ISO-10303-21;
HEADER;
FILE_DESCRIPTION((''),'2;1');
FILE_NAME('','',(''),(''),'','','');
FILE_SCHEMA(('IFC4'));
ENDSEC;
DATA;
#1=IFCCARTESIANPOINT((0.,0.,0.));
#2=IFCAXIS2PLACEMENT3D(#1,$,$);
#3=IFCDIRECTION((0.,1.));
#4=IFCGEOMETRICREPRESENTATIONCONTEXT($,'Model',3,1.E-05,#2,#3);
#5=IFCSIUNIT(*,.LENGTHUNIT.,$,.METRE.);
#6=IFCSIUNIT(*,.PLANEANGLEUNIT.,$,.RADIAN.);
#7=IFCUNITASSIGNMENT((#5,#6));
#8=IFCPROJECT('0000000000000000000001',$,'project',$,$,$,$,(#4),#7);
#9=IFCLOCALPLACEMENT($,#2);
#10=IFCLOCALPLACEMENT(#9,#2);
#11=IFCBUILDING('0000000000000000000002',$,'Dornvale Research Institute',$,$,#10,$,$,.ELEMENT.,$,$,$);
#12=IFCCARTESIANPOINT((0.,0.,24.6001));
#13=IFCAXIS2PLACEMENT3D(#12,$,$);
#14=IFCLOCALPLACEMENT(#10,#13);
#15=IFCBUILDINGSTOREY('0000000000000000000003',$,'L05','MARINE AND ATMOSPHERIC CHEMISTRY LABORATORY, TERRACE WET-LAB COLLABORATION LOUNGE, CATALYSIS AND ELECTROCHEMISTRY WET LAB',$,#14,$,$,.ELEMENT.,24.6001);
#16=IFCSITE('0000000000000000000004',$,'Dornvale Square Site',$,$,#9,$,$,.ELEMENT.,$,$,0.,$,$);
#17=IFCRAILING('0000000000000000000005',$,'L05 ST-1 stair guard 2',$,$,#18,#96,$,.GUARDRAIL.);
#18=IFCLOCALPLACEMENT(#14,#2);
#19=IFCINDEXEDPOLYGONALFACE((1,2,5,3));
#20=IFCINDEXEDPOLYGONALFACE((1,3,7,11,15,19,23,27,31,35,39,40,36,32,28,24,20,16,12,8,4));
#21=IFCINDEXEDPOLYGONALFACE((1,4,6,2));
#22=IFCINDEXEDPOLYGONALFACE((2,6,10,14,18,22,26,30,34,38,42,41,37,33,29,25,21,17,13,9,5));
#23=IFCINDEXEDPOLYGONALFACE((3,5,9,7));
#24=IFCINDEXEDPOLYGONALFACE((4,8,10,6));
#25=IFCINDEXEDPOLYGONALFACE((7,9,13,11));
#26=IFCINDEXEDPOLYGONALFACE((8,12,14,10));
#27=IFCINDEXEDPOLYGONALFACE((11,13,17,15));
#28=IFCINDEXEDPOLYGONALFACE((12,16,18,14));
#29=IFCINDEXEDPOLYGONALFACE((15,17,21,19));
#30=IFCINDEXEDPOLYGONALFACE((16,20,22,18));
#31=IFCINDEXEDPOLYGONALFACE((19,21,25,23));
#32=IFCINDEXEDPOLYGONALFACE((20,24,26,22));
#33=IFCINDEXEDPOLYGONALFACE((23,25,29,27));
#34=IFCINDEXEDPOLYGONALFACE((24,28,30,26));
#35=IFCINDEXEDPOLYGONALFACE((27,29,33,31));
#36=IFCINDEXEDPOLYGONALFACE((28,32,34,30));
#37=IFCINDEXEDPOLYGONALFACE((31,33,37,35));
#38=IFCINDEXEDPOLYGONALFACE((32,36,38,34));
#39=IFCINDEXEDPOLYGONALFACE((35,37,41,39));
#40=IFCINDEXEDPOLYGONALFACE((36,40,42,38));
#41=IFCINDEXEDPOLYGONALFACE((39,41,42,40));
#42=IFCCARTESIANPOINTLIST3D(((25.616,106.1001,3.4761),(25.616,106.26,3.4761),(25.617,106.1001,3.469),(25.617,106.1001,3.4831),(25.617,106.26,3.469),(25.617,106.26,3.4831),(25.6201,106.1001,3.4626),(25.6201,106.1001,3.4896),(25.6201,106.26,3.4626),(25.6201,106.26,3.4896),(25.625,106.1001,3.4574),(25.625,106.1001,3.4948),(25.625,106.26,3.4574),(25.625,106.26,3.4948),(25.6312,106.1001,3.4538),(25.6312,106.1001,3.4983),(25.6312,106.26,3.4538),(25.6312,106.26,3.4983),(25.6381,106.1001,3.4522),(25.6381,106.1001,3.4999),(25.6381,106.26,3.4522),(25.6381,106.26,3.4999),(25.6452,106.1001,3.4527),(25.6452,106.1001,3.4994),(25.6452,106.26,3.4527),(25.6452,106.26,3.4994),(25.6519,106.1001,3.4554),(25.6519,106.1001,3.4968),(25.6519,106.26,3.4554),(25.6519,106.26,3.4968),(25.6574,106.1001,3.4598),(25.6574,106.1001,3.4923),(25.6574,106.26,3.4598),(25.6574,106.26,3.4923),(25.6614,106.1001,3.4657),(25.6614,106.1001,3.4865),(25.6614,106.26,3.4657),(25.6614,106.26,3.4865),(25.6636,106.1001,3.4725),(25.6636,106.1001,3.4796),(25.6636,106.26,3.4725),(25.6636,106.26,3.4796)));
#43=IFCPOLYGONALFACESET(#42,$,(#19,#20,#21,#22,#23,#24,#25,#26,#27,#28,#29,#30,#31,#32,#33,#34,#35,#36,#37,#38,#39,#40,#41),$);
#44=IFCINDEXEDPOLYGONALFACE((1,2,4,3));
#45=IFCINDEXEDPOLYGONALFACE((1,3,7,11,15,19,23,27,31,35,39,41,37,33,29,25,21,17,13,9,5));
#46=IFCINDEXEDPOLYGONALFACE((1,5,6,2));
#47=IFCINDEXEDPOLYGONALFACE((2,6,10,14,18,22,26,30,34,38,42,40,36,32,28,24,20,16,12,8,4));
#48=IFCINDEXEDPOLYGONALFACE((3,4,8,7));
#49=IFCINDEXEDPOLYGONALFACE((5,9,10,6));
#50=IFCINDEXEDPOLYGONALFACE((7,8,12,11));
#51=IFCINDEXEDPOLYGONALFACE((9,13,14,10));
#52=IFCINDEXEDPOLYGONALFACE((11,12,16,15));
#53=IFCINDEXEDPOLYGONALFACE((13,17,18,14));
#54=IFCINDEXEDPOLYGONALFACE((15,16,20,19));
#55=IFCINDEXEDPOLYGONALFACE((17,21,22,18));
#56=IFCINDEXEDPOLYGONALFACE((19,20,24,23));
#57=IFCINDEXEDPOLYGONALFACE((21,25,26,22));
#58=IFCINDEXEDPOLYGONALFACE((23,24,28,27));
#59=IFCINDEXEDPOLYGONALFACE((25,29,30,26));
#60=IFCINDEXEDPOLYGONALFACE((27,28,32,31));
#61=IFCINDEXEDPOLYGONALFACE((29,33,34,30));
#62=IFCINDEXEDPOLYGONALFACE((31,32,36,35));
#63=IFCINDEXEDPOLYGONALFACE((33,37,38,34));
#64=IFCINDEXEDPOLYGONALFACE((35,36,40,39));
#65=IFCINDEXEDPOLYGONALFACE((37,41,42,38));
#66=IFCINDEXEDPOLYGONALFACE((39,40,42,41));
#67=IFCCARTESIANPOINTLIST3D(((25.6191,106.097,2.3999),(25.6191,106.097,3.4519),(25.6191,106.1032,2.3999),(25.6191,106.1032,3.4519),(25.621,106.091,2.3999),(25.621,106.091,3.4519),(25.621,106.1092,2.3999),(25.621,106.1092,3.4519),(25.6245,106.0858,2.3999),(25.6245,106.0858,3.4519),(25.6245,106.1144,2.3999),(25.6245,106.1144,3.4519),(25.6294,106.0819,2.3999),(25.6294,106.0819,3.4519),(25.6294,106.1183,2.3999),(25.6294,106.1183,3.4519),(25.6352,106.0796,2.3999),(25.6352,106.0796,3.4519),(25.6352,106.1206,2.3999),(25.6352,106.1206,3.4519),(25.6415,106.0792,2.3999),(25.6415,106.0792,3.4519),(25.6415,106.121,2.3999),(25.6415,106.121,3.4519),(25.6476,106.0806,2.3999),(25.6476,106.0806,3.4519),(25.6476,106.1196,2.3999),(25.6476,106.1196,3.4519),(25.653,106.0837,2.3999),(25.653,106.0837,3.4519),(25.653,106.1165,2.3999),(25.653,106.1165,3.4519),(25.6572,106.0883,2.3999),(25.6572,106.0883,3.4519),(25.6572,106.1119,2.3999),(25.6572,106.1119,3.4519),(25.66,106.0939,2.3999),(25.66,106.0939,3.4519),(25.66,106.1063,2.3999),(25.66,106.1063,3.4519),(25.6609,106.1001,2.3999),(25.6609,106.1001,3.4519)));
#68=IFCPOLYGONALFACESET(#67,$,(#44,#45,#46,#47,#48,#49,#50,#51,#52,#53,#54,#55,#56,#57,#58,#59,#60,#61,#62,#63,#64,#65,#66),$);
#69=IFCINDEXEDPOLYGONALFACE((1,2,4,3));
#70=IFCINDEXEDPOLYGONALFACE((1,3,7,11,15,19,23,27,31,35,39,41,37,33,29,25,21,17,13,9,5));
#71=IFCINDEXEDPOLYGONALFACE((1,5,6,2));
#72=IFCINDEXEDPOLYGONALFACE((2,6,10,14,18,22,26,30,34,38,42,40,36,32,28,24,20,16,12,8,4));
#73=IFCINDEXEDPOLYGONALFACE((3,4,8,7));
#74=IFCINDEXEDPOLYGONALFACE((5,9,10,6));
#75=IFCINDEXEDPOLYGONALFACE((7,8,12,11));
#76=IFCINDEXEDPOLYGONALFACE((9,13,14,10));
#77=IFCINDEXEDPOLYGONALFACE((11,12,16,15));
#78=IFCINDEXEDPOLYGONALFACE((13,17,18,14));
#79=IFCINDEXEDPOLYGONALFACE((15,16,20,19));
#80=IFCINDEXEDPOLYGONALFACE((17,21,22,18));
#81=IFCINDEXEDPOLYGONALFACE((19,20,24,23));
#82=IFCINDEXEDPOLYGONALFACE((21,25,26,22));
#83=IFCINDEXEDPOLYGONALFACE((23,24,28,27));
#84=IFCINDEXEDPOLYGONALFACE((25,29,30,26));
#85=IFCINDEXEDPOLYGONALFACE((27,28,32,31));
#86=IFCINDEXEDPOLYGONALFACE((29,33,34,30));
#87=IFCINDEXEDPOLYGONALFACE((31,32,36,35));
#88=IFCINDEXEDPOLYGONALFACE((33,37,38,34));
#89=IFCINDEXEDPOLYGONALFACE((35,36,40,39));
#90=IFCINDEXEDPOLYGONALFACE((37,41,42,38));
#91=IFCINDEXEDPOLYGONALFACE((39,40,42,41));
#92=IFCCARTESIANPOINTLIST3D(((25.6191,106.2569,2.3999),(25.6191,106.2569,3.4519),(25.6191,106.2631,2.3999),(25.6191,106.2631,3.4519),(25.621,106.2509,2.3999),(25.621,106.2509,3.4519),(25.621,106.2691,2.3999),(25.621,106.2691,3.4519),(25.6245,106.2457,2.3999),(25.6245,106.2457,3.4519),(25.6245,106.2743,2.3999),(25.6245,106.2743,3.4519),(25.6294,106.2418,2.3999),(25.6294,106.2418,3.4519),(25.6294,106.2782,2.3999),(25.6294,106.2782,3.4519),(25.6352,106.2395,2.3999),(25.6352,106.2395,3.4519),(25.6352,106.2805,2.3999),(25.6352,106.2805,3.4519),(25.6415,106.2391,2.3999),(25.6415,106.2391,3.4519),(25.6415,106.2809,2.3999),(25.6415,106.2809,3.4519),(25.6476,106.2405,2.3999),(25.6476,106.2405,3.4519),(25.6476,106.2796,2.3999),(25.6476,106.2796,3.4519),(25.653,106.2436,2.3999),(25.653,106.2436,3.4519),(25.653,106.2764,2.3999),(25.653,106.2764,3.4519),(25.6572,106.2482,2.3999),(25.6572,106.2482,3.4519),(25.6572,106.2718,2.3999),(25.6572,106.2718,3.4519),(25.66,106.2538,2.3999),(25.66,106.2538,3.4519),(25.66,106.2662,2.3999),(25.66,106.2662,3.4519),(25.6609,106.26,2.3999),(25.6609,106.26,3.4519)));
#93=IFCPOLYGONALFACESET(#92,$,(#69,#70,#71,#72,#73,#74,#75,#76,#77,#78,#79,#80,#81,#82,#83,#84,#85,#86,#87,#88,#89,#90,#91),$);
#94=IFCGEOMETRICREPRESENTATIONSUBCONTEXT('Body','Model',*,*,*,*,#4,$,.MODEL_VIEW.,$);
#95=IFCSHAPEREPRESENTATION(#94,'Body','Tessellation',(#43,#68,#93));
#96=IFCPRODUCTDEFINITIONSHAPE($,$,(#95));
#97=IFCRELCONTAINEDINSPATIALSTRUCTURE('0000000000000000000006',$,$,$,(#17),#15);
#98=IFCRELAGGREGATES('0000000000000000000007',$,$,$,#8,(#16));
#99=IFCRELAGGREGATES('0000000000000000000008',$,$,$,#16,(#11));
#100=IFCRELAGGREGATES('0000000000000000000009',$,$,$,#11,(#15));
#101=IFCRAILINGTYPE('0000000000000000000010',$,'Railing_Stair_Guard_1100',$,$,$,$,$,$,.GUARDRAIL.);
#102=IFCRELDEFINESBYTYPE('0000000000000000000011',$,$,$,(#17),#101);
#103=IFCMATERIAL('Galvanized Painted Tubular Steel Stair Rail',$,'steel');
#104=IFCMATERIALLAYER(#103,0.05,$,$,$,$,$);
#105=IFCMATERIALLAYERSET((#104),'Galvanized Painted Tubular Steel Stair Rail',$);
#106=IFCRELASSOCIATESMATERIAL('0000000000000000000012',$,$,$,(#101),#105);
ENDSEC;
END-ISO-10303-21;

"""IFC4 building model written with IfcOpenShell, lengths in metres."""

from ifc_helpers import new_model, si_unit, direction, frame, origin, origin_2d, place, context, subcontext, project, spatial, circle, extrude, material, layer, layer_set, type_object, element, save


model = new_model("IFC4")

# Units and contexts
model_context = context("Model", 3, precision=1e-05, world=origin(), true_north=direction((0.0, 1.0)))
body_context = subcontext(model_context, "Body", "Model", "MODEL_VIEW")
ifc_project = project(units=[si_unit("LENGTHUNIT", "METRE"), si_unit("PLANEANGLEUNIT", "RADIAN")], contexts=[model_context])

# Site, building, storey
site_placement = place(None, origin())
site = spatial("IfcSite", under=ifc_project, at=site_placement, Name="Dornvale Square Site", CompositionType="ELEMENT", RefElevation=0.0)
building_placement = place(site_placement, origin())
building = spatial("IfcBuilding", under=site, at=building_placement, Name="Dornvale Research Institute", CompositionType="ELEMENT")
storey_placement = place(building_placement, frame((0.0, 0.0, 24.6001)))
storey = spatial("IfcBuildingStorey", under=building, at=storey_placement, Name="L05", Description="MARINE AND ATMOSPHERIC CHEMISTRY LABORATORY, TERRACE WET-LAB COLLABORATION LOUNGE, CATALYSIS AND ELECTROCHEMISTRY WET LAB", CompositionType="ELEMENT", Elevation=24.6001)

# Railing
ifc_material_1 = material(Name="Galvanized Painted Tubular Steel Stair Rail", Category="steel")
ifc_layer_1 = layer(ifc_material_1, 0.05)
ifc_layer_set_1 = layer_set([ifc_layer_1], Name="Galvanized Painted Tubular Steel Stair Rail")
railing_type_1 = type_object("IfcRailingType", Name="Railing_Stair_Guard_1100", PredefinedType="GUARDRAIL", material=ifc_layer_set_1)
railing_1_placement = place(storey_placement, frame((25.6399, 106.1001, 2.3999)))
element("IfcRailing", 1, at=railing_1_placement, inside=storey, type_object=railing_type_1, Name="L05 ST-1 stair guard 2", PredefinedType="GUARDRAIL", context=body_context, shape_type="SweptSolid", body=[
    extrude(circle(Radius=0.0239, at=origin_2d()), frame((0.0, 0.0, 1.0762), z_axis=(0.0, 1.0, 0.0), x_axis=(-1.0, 0.0, 0.0)), (0.0, 0.0, 1.0), 0.1599),
    extrude(circle(Radius=0.021, at=origin_2d()), origin(), (0.0, 0.0, 1.0), 1.052),
    extrude(circle(Radius=0.021, at=origin_2d()), frame((0.0, 0.1599, 0.0)), (0.0, 0.0, 1.0), 1.052),
])

save(model, "model.ifc")
